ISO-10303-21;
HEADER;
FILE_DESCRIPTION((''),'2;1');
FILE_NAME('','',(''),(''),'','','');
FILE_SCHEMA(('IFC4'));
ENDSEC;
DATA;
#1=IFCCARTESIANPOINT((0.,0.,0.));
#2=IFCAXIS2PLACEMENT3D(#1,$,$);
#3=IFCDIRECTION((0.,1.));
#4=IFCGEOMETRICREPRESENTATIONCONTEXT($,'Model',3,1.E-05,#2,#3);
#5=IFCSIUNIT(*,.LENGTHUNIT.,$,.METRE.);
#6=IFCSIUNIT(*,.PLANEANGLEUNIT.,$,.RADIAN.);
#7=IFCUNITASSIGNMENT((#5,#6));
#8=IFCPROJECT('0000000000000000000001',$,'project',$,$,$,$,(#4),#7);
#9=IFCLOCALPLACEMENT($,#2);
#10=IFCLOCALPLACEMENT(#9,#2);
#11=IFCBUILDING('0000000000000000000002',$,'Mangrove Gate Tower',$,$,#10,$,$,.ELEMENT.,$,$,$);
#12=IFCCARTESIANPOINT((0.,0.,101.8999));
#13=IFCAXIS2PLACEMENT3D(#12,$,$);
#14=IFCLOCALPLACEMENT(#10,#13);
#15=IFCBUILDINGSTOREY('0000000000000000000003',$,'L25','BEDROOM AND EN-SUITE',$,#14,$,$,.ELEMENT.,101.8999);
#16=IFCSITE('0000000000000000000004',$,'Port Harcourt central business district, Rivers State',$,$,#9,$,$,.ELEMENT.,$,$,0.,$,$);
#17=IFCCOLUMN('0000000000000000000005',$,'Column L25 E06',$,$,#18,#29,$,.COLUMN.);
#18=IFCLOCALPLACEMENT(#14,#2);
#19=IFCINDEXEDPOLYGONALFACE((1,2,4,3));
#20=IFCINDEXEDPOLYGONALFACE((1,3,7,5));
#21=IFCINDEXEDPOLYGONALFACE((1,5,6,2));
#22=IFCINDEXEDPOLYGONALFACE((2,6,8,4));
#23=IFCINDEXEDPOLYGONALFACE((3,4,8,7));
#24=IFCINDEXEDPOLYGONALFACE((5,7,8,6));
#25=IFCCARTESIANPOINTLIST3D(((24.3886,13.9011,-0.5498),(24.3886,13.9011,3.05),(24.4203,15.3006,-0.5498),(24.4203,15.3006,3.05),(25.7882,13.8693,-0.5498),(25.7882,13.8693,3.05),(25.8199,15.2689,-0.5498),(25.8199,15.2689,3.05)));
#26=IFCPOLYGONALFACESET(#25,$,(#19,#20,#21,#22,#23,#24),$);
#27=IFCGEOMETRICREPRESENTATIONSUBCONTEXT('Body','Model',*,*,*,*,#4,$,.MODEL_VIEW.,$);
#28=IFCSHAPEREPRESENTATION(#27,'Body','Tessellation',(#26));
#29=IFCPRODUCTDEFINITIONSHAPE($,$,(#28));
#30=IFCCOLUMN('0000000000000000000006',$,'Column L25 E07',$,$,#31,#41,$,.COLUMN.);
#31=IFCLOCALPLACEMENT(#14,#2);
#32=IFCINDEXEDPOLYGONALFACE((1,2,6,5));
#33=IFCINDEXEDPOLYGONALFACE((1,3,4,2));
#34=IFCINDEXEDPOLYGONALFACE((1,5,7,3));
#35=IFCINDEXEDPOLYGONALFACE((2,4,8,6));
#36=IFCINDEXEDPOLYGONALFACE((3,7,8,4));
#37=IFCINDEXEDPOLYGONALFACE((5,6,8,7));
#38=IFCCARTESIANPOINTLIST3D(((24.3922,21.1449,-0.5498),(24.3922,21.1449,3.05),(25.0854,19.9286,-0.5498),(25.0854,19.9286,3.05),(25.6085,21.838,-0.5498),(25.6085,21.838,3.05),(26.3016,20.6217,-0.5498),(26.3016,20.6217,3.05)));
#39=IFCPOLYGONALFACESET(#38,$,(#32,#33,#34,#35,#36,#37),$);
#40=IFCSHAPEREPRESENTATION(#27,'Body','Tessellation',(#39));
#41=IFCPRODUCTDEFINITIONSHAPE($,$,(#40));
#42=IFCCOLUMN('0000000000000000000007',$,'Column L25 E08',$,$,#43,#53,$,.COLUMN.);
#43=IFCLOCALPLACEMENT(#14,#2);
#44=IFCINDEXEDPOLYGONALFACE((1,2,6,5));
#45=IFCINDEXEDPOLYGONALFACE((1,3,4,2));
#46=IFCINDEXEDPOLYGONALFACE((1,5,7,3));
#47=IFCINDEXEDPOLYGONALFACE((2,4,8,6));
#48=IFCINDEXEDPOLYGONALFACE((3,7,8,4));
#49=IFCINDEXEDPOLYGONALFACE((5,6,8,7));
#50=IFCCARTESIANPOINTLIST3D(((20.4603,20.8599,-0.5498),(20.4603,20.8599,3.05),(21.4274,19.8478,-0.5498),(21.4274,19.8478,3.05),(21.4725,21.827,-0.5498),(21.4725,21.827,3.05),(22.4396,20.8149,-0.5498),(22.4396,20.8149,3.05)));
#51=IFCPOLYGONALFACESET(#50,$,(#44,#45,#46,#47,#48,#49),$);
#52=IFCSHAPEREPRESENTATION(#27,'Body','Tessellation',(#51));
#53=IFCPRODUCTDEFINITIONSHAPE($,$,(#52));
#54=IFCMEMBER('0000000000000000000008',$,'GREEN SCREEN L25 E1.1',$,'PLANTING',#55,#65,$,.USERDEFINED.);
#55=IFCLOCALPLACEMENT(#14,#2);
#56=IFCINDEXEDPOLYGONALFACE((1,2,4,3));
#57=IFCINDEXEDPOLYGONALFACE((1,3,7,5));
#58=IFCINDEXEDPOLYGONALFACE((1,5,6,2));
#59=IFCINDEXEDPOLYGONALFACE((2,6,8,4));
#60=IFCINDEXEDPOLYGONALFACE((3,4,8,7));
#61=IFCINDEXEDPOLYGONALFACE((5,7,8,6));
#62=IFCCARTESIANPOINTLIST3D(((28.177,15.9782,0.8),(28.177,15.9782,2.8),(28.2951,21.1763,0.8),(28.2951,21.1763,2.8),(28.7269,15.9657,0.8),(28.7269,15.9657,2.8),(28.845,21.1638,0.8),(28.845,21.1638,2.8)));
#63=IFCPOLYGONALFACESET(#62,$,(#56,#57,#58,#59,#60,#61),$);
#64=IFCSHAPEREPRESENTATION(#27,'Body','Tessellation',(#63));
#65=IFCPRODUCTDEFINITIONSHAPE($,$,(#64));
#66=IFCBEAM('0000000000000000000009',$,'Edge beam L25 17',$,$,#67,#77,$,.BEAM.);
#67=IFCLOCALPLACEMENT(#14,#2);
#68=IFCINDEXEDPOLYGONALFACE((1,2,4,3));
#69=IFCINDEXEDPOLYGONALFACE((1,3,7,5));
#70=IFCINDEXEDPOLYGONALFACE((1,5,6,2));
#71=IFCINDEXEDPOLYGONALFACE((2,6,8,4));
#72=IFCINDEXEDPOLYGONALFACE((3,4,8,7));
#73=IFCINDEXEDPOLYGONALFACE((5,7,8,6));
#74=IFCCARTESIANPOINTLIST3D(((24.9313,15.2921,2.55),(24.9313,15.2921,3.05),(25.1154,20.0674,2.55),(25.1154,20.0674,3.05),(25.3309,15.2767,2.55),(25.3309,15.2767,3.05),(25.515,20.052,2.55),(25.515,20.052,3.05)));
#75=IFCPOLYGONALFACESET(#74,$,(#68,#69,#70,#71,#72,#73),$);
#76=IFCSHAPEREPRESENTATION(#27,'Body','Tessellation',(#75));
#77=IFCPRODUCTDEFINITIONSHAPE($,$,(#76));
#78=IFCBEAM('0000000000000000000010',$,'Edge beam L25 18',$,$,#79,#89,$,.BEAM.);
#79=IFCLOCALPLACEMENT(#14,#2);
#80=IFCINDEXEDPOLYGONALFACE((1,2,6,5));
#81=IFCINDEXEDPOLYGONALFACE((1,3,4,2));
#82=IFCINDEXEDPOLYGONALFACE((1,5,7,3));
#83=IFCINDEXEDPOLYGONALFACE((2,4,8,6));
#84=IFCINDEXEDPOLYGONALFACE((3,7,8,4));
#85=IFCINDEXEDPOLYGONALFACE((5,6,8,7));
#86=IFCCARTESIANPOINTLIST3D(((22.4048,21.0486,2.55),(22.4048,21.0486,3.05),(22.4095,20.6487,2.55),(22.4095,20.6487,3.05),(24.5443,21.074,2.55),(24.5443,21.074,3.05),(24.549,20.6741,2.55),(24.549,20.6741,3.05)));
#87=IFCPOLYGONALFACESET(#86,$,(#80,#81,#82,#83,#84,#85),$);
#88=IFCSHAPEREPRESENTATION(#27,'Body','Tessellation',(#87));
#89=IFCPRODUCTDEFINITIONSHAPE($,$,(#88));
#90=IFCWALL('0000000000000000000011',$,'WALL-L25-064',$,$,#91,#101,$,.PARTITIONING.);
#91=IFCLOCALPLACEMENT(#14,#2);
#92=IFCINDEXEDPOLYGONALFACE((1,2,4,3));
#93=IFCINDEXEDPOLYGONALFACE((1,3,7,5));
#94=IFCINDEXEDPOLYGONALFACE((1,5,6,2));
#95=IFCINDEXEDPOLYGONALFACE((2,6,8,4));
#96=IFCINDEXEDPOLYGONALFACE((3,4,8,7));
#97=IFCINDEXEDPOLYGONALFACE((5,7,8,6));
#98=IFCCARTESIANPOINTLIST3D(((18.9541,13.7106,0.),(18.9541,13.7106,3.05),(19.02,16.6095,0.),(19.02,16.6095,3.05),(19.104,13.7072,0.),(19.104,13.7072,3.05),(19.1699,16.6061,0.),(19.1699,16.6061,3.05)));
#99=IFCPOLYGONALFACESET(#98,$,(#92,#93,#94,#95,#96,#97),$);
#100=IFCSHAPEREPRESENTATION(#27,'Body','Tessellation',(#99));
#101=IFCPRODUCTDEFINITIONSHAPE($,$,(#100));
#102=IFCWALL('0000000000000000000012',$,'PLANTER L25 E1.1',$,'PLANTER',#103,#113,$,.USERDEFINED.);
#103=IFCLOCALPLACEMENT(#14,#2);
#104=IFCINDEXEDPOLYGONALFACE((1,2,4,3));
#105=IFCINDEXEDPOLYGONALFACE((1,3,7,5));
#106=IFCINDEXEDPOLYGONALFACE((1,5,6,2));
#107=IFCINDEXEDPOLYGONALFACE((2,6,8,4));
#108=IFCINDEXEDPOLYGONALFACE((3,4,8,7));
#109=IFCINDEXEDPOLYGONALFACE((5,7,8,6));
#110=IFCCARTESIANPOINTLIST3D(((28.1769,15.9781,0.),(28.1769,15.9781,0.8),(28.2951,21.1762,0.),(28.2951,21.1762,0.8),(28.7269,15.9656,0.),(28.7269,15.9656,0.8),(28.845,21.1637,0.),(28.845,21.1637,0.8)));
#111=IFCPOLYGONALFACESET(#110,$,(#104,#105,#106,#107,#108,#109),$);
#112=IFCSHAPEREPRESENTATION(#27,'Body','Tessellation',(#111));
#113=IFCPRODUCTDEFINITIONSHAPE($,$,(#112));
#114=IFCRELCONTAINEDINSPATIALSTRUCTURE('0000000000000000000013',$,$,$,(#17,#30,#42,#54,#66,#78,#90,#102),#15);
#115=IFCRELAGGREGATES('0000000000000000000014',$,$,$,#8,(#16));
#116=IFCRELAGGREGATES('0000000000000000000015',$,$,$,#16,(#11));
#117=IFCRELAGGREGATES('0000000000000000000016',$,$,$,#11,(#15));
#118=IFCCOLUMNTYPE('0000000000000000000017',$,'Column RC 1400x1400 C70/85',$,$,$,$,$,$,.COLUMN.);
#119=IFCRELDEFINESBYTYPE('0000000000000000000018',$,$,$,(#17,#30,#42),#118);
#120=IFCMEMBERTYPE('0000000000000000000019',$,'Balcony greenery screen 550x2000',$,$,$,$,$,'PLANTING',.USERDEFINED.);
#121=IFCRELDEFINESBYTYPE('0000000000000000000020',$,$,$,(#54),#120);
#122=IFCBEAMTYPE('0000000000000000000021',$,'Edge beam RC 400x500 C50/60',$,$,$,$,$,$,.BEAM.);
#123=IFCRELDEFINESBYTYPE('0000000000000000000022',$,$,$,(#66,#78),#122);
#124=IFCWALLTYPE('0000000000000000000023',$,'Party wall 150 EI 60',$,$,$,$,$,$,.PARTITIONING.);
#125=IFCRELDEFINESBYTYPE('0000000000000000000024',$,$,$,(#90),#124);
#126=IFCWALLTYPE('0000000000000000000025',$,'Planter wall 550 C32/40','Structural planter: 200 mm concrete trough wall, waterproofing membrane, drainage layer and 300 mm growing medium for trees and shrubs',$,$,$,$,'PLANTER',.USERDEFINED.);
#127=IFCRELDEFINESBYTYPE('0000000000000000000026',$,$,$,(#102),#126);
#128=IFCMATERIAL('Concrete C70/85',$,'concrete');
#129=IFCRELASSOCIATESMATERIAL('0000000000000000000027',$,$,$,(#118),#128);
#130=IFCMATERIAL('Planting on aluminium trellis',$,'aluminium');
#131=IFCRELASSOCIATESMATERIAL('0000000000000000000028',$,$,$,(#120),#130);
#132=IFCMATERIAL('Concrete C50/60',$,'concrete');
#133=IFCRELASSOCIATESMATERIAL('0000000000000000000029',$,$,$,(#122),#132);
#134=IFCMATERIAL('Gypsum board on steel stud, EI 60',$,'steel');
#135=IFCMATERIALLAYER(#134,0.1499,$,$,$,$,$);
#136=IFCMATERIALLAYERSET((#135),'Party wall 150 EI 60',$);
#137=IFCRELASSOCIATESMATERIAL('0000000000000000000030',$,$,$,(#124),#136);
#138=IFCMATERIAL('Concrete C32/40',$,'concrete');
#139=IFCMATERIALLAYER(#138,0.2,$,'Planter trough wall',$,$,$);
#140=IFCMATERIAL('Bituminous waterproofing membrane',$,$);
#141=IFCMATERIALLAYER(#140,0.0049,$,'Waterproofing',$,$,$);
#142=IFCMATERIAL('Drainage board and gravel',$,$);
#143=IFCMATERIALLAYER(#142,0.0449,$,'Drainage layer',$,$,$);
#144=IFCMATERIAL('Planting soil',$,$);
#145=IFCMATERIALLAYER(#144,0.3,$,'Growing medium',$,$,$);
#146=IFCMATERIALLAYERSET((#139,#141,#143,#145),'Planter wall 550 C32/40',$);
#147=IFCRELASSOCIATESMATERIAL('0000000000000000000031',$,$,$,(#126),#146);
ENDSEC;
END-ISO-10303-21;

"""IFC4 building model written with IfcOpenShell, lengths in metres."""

from ifc_helpers import new_model, si_unit, direction, frame, frame_2d, origin, origin_2d, place, context, subcontext, project, spatial, rectangle, extrude, material, layer, layer_set, material_profile, profile_set, type_object, element, save


model = new_model("IFC4")

# Units and contexts
model_context = context("Model", 3, precision=1e-05, world=origin(), true_north=direction((0.0, 1.0)))
body_context = subcontext(model_context, "Body", "Model", "MODEL_VIEW")
ifc_project = project(units=[si_unit("LENGTHUNIT", "METRE"), si_unit("PLANEANGLEUNIT", "RADIAN")], contexts=[model_context])

# Site, building, storey
site_placement = place(None, origin())
site = spatial("IfcSite", under=ifc_project, at=site_placement, Name="Port Harcourt central business district, Rivers State", CompositionType="ELEMENT", RefElevation=0.0)
building_placement = place(site_placement, origin())
building = spatial("IfcBuilding", under=site, at=building_placement, Name="Mangrove Gate Tower", CompositionType="ELEMENT")
storey_placement = place(building_placement, frame((0.0, 0.0, 101.8999)))
storey = spatial("IfcBuildingStorey", under=building, at=storey_placement, Name="L25", Description="BEDROOM AND EN-SUITE", CompositionType="ELEMENT", Elevation=101.8999)

# Columns
ifc_material_1 = material(Name="Concrete C70/85", Category="concrete")
ifc_material_profile_1 = material_profile(ifc_material_1, rectangle(XDim=1.3999, YDim=1.3999, at=origin_2d()))
ifc_profile_set_1 = profile_set([ifc_material_profile_1], Name="Concrete C70/85")
column_type = type_object("IfcColumnType", Name="Column RC 1400x1400 C70/85", PredefinedType="COLUMN", material=ifc_profile_set_1)
for number, where, z_axis, x_axis, name in (
    (1, (25.1042, 14.585, -0.5498), (0.0, 0.0, 1.0), (0.022665, 0.999743, 0.0), "Column L25 E06"),
    (2, (25.3469, 20.8833, -0.5498), (0.0, 0.0, 1.0), (-0.495141, 0.868813, 0.0), "Column L25 E07"),
    (3, (21.45, 20.8374, -0.5498), (0.0, 0.0, 1.0), (-0.690837, 0.72301, 0.0), "Column L25 E08"),
):
    element("IfcColumn", number, at=place(storey_placement, frame(where, z_axis=z_axis, x_axis=x_axis)), inside=storey, type_object=column_type, Name=name, PredefinedType="COLUMN", context=body_context, shape_type="SweptSolid", body=[
        extrude(rectangle(XDim=1.3999, YDim=1.3999, at=origin_2d()), origin(), (0.0, 0.0, 1.0), 3.5999),
    ])

# Member
ifc_material_2 = material(Name="Planting on aluminium trellis", Category="aluminium")
ifc_material_profile_2 = material_profile(ifc_material_2, rectangle(XDim=0.55, YDim=2.0, at=origin_2d()))
ifc_profile_set_2 = profile_set([ifc_material_profile_2], Name="Planting on aluminium trellis")
member_type = type_object("IfcMemberType", Name="Balcony greenery screen 550x2000", ElementType="PLANTING", PredefinedType="USERDEFINED", material=ifc_profile_set_2)
member_placement = place(storey_placement, frame((28.4519, 15.9719, 1.8), z_axis=(0.022727, 0.999742, 0.0), x_axis=(-0.999742, 0.022727, 0.0)))
element("IfcMember", 4, at=member_placement, inside=storey, type_object=member_type, Name="GREEN SCREEN L25 E1.1", ObjectType="PLANTING", PredefinedType="USERDEFINED", context=body_context, shape_type="SweptSolid", body=[
    extrude(rectangle(XDim=0.55, YDim=2.0, at=origin_2d()), origin(), (0.0, 0.0, 1.0), 5.1995),
])

# Beams
ifc_material_3 = material(Name="Concrete C50/60", Category="concrete")
ifc_material_profile_3 = material_profile(ifc_material_3, rectangle(XDim=0.3999, YDim=0.5, at=origin_2d()))
ifc_profile_set_3 = profile_set([ifc_material_profile_3], Name="Concrete C50/60")
beam_type = type_object("IfcBeamType", Name="Edge beam RC 400x500 C50/60", PredefinedType="BEAM", material=ifc_profile_set_3)
beam_1_placement = place(storey_placement, frame((25.1311, 15.2844, 2.8), z_axis=(0.038521, 0.999258, 0.0), x_axis=(-0.999258, 0.038521, 0.0)))
element("IfcBeam", 5, at=beam_1_placement, inside=storey, type_object=beam_type, Name="Edge beam L25 17", PredefinedType="BEAM", context=body_context, shape_type="SweptSolid", body=[
    extrude(rectangle(XDim=0.3999, YDim=0.5, at=origin_2d()), origin(), (0.0, 0.0, 1.0), 4.7788),
])
beam_2_placement = place(storey_placement, frame((24.5466, 20.874, 2.8), z_axis=(-0.99993, -0.011867, 0.0), x_axis=(0.011867, -0.99993, 0.0)))
element("IfcBeam", 6, at=beam_2_placement, inside=storey, type_object=beam_type, Name="Edge beam L25 18", PredefinedType="BEAM", context=body_context, shape_type="SweptSolid", body=[
    extrude(rectangle(XDim=0.3999, YDim=0.5, at=origin_2d()), origin(), (0.0, 0.0, 1.0), 2.1396),
])

# Walls
ifc_material_4 = material(Name="Gypsum board on steel stud, EI 60", Category="steel")
ifc_layer_1 = layer(ifc_material_4, 0.1499)
ifc_layer_set_1 = layer_set([ifc_layer_1], Name="Party wall 150 EI 60")
wall_type_1 = type_object("IfcWallType", Name="Party wall 150 EI 60", PredefinedType="PARTITIONING", material=ifc_layer_set_1)
wall_1_placement = place(storey_placement, frame((19.0291, 13.709, 0.0), z_axis=(0.0, 0.0, 1.0), x_axis=(0.022733, 0.999742, 0.0)))
element("IfcWall", 7, at=wall_1_placement, inside=storey, type_object=wall_type_1, Name="WALL-L25-064", PredefinedType="PARTITIONING", context=body_context, shape_type="SweptSolid", body=[
    extrude(rectangle(XDim=2.8997, YDim=0.1499, at=frame_2d((1.4497, 0.0))), origin(), (0.0, 0.0, 1.0), 3.05),
])
ifc_material_5 = material(Name="Concrete C32/40", Category="concrete")
ifc_layer_2 = layer(ifc_material_5, 0.2, Name="Planter trough wall")
ifc_material_6 = material(Name="Bituminous waterproofing membrane")
ifc_layer_3 = layer(ifc_material_6, 0.0049, Name="Waterproofing")
ifc_material_7 = material(Name="Drainage board and gravel")
ifc_layer_4 = layer(ifc_material_7, 0.0449, Name="Drainage layer")
ifc_material_8 = material(Name="Planting soil")
ifc_layer_5 = layer(ifc_material_8, 0.3, Name="Growing medium")
ifc_layer_set_2 = layer_set([ifc_layer_2, ifc_layer_3, ifc_layer_4, ifc_layer_5], Name="Planter wall 550 C32/40")
wall_type_2 = type_object("IfcWallType", Name="Planter wall 550 C32/40", Description="Structural planter: 200 mm concrete trough wall, waterproofing membrane, drainage layer and 300 mm growing medium for trees and shrubs", ElementType="PLANTER", PredefinedType="USERDEFINED", material=ifc_layer_set_2)
wall_2_placement = place(storey_placement, frame((28.4519, 15.9719, 0.0), z_axis=(0.0, 0.0, 1.0), x_axis=(0.022727, 0.999742, 0.0)))
element("IfcWall", 8, at=wall_2_placement, inside=storey, type_object=wall_type_2, Name="PLANTER L25 E1.1", ObjectType="PLANTER", PredefinedType="USERDEFINED", context=body_context, shape_type="SweptSolid", body=[
    extrude(rectangle(XDim=5.1995, YDim=0.55, at=frame_2d((2.5996, 0.0))), origin(), (0.0, 0.0, 1.0), 0.8),
])

save(model, "model.ifc")
